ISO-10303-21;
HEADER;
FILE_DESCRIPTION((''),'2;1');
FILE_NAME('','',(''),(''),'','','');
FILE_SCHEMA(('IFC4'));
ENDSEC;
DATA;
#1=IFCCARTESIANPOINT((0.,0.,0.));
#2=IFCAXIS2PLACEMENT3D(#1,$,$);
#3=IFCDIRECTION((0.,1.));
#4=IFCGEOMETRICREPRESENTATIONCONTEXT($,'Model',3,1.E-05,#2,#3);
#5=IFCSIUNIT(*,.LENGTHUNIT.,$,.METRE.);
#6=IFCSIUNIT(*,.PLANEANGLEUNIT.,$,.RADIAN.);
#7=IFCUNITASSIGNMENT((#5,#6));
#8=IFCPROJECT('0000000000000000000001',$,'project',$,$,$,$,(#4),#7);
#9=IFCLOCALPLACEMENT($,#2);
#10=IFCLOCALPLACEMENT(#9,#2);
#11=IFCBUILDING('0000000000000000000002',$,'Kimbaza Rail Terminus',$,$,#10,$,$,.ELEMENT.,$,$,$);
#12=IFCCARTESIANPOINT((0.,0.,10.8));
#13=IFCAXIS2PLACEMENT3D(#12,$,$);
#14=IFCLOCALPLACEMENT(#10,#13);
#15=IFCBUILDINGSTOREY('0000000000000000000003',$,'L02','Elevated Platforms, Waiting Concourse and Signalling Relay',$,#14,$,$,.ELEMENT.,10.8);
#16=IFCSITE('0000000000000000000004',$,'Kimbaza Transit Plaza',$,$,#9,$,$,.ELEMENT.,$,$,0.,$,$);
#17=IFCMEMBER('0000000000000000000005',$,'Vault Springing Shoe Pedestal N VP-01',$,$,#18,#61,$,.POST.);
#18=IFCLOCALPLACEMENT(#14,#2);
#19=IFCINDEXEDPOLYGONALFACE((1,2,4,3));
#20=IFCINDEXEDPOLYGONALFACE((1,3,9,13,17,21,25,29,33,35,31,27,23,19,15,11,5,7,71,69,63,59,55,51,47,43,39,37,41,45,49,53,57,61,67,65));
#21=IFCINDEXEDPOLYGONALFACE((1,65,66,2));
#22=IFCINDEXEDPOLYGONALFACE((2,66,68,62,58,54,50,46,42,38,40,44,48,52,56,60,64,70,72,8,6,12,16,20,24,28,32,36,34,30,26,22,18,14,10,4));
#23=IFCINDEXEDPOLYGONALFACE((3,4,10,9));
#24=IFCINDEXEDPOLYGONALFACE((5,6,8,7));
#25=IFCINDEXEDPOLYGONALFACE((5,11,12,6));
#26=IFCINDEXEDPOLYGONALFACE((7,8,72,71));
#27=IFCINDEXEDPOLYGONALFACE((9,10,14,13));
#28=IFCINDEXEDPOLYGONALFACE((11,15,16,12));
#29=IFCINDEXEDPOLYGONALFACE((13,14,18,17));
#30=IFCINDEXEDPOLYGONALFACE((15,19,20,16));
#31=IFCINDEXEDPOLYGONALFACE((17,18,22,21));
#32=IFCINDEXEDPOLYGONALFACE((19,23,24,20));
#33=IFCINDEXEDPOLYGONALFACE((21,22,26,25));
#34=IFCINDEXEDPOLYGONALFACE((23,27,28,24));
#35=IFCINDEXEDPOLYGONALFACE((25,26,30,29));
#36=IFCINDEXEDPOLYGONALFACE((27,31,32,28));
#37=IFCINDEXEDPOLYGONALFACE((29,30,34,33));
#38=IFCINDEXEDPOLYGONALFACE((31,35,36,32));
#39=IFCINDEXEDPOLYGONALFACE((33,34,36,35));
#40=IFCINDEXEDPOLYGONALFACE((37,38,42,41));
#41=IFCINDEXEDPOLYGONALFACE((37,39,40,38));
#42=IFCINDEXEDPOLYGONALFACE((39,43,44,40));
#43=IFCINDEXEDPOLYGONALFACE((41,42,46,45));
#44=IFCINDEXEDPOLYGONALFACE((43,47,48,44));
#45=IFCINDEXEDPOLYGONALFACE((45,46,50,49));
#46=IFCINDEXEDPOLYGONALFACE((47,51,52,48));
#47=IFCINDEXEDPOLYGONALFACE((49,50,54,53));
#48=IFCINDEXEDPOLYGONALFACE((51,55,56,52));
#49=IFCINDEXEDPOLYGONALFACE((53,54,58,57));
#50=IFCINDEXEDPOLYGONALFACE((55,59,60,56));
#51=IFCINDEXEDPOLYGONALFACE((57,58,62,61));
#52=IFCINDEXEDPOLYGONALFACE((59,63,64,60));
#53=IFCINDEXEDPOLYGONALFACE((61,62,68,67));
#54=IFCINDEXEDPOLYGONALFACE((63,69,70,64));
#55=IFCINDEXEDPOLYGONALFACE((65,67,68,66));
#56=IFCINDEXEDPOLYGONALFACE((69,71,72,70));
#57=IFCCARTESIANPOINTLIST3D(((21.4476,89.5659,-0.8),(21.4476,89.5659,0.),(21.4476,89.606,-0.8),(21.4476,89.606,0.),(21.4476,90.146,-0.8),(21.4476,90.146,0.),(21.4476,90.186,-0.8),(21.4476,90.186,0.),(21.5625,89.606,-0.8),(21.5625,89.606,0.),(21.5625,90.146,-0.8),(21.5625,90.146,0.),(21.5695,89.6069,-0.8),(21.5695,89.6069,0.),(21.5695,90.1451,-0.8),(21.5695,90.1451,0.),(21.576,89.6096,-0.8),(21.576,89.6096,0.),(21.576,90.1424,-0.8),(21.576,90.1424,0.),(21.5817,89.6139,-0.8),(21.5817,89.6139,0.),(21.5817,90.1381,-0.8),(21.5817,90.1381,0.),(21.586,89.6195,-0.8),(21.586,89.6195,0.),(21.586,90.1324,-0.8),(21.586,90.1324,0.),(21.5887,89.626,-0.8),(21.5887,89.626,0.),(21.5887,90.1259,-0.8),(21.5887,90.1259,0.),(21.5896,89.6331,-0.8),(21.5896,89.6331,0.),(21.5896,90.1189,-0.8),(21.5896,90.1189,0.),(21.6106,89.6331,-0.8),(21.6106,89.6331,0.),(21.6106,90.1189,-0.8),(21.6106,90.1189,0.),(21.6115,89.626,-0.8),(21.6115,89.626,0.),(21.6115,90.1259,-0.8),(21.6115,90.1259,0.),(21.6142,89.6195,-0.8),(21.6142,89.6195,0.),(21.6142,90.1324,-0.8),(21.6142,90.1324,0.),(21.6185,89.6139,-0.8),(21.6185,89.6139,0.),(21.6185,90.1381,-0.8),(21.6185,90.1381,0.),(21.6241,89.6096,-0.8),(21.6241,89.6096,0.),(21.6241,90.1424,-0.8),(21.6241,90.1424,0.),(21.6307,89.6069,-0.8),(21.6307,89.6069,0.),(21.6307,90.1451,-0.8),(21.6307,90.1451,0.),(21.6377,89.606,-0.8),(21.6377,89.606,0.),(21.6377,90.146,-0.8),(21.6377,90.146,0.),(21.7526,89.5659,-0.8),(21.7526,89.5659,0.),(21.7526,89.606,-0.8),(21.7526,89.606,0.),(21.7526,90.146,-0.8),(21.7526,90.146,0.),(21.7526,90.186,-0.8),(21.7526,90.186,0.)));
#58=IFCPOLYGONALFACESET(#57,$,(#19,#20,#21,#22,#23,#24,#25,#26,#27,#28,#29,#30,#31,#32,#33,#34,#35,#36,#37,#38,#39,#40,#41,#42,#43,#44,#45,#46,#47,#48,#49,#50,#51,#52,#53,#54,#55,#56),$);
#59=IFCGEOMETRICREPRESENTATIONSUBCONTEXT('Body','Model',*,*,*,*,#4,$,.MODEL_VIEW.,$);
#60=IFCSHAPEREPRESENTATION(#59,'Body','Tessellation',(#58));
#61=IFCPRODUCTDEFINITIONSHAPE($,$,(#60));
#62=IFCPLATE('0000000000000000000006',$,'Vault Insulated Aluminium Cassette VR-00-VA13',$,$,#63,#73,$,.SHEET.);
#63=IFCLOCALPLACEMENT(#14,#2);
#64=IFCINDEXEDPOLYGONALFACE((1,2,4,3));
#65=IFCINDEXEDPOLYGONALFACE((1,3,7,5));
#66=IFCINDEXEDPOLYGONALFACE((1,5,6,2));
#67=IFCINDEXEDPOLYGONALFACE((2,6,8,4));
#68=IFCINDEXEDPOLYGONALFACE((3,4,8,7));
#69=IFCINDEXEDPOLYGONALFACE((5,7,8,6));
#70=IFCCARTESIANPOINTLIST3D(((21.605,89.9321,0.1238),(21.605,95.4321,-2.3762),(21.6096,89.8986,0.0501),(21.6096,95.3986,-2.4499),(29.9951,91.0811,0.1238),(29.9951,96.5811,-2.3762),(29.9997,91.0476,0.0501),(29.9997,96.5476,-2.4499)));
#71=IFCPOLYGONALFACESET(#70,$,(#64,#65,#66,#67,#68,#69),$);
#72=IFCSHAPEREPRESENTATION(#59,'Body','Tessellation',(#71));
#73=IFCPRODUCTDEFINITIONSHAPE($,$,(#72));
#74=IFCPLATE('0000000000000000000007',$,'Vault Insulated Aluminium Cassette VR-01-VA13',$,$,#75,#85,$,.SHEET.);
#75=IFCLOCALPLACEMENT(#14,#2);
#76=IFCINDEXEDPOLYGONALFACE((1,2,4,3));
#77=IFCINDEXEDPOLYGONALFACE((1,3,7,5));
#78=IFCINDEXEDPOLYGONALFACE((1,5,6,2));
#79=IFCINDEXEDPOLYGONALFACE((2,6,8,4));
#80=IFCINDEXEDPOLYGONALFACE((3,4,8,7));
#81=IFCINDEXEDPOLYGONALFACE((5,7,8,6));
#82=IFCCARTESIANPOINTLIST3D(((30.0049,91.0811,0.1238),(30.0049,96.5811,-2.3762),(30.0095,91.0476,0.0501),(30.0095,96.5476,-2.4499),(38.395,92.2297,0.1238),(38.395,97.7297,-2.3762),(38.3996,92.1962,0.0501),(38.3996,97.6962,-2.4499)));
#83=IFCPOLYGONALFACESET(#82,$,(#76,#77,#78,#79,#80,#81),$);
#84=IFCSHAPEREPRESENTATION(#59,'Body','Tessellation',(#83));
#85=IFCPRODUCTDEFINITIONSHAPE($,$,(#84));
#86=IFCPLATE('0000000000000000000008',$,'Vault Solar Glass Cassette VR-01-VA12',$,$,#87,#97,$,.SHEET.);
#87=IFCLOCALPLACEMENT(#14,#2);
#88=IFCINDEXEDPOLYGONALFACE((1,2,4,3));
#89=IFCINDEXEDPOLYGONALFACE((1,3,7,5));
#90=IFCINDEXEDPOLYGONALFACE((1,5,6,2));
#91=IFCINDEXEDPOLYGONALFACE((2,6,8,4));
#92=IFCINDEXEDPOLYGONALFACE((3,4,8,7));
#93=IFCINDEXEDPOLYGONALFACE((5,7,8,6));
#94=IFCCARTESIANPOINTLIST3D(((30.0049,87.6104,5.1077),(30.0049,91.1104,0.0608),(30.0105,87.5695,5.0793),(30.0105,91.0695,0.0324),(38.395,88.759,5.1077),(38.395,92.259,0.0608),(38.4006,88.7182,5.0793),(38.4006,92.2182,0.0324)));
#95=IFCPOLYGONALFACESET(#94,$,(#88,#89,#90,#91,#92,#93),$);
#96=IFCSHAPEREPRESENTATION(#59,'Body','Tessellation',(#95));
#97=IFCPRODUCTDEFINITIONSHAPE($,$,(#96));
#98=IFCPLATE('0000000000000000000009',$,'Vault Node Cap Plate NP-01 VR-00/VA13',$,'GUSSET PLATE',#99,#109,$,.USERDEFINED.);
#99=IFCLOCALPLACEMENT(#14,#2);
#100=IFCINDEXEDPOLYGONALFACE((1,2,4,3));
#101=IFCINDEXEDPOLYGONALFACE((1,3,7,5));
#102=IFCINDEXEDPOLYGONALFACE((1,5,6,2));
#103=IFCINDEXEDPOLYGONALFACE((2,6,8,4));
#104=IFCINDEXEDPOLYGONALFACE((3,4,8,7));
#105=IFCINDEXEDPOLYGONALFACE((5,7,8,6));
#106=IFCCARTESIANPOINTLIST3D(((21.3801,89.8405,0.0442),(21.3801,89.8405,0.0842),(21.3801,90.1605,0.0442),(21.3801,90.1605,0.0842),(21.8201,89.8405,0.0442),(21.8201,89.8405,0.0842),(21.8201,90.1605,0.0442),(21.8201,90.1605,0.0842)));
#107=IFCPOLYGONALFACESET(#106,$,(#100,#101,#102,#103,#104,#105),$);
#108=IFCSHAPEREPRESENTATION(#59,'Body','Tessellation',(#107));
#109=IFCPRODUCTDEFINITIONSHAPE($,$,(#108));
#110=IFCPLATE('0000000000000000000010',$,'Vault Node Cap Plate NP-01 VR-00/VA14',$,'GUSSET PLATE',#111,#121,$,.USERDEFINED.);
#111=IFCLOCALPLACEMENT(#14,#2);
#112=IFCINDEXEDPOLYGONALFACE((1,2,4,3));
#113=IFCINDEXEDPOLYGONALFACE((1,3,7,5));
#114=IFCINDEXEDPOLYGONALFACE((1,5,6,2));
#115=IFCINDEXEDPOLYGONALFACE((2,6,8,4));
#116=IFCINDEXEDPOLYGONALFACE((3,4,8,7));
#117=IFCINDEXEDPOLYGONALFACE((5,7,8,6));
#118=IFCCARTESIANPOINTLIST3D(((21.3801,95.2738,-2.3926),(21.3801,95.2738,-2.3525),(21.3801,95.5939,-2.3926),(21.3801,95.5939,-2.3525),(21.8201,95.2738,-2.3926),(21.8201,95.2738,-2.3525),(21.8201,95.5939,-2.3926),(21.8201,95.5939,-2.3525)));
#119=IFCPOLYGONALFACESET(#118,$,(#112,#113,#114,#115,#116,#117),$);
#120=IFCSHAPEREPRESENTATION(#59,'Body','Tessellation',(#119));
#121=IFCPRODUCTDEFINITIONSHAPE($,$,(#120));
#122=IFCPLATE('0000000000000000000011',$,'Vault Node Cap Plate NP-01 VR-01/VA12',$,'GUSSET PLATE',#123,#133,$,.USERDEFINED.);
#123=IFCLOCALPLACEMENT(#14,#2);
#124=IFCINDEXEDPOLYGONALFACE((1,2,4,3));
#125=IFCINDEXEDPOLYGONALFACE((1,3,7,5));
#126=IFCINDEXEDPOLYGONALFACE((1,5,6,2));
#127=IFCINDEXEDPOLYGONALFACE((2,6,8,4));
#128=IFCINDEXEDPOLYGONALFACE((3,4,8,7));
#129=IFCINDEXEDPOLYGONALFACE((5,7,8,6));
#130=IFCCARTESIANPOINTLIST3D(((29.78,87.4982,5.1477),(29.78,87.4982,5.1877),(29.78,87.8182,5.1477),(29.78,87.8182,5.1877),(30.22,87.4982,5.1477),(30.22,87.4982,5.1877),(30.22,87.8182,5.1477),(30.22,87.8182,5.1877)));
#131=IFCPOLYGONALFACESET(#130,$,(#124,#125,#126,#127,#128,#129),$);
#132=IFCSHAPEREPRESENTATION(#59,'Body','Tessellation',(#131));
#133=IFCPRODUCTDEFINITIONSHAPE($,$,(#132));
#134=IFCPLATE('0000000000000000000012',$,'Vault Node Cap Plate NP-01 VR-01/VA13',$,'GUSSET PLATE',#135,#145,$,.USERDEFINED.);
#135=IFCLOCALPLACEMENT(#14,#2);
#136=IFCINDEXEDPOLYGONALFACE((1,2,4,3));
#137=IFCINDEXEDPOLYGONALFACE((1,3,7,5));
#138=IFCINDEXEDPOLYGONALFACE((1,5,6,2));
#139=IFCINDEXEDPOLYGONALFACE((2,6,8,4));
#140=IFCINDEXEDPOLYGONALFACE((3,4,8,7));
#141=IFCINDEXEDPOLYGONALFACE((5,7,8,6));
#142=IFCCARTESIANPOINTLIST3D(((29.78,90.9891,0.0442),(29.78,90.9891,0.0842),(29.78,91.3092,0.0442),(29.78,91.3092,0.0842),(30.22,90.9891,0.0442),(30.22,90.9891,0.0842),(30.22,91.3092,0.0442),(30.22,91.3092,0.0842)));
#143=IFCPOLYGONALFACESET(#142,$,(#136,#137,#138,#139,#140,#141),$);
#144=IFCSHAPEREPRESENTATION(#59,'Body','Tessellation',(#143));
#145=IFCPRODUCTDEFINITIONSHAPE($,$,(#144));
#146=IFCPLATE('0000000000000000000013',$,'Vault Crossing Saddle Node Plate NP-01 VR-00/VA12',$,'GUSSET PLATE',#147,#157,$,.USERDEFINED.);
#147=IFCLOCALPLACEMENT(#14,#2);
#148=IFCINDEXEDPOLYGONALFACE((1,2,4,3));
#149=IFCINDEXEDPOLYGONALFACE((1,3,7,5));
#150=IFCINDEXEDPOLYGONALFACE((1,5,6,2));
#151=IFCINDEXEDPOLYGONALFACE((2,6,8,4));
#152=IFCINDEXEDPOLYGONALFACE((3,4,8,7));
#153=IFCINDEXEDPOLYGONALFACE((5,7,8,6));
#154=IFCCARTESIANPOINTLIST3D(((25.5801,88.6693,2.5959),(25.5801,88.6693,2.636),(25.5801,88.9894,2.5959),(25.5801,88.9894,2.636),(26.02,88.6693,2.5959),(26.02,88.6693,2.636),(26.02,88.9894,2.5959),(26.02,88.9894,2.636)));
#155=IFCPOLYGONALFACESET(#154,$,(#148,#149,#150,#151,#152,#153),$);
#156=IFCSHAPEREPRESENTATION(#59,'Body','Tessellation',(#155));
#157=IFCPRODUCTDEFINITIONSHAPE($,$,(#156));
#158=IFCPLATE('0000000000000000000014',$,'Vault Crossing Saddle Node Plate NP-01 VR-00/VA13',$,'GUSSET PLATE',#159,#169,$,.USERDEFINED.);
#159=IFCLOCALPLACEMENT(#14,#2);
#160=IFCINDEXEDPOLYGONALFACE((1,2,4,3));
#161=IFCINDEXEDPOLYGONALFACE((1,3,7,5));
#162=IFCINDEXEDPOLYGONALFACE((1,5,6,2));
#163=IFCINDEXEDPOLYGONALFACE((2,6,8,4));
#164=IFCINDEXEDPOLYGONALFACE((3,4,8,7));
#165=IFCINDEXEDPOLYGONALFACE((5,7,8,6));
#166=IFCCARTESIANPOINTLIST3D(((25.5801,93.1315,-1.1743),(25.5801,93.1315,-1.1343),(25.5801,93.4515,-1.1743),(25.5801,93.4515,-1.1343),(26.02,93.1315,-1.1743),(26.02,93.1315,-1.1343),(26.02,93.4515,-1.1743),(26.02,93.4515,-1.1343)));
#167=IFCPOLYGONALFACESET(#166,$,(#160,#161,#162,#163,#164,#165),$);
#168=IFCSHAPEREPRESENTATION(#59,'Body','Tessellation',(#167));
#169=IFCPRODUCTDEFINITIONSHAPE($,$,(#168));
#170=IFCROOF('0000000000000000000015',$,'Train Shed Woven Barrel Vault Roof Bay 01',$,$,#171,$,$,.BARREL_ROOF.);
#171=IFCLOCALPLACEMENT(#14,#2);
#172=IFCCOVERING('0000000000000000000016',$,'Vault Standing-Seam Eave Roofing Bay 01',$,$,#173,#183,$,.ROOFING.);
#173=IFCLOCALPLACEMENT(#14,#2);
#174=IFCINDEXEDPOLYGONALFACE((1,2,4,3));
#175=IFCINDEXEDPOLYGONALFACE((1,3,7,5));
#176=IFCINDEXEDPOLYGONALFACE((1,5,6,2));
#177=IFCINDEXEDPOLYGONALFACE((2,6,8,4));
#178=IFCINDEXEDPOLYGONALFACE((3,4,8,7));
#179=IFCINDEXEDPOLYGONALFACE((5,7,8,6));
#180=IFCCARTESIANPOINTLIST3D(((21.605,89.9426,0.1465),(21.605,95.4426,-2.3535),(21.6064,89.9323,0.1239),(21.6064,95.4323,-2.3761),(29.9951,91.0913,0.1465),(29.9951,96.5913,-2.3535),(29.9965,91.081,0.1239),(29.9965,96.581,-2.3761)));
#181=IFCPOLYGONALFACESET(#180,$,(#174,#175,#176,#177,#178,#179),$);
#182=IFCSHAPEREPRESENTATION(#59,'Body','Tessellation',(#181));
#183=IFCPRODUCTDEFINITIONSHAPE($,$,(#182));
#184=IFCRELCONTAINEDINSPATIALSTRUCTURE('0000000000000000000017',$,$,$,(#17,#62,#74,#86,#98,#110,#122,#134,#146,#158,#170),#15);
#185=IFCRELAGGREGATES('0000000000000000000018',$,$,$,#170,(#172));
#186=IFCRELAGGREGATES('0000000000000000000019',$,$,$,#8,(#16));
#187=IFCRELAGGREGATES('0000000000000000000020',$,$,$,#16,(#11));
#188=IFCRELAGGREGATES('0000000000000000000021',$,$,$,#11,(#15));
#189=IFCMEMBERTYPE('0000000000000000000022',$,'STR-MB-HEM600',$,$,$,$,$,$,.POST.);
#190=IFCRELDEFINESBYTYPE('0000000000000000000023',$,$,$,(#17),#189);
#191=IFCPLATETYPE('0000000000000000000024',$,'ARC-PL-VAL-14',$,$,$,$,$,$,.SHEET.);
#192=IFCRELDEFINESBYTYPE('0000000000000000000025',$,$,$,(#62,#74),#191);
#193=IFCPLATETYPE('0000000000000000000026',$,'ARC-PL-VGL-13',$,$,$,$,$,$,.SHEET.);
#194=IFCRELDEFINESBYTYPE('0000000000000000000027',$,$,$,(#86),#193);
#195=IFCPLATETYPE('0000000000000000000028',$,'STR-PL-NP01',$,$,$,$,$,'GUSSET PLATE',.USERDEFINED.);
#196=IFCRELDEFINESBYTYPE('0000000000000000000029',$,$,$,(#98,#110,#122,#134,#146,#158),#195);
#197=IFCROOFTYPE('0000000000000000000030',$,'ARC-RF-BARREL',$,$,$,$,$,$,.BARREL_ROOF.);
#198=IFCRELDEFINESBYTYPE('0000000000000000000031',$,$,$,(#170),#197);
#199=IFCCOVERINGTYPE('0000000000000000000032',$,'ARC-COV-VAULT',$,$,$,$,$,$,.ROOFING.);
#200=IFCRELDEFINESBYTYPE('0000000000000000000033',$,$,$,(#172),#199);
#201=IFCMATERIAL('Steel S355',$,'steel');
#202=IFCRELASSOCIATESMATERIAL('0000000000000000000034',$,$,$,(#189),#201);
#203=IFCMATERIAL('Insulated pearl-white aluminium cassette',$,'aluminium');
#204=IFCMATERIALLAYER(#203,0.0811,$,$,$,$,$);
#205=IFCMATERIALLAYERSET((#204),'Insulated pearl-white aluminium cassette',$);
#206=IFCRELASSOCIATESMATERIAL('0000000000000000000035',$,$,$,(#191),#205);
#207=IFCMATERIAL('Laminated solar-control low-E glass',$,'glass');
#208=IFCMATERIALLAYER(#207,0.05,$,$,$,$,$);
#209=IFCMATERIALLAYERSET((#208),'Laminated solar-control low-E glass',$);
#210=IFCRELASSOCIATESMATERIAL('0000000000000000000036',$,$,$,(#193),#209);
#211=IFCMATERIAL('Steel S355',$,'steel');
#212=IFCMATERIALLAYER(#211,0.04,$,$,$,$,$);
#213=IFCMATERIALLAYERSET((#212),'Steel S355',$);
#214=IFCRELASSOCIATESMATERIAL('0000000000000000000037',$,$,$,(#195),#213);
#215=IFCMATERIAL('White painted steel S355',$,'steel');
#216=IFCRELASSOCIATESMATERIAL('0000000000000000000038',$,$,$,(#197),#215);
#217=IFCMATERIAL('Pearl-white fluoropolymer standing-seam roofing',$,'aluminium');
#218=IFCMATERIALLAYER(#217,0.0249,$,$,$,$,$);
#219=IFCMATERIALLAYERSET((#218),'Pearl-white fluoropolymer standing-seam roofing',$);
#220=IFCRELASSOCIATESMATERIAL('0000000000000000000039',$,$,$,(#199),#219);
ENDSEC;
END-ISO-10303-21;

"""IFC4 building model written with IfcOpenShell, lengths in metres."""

from ifc_helpers import new_model, si_unit, direction, frame, origin, origin_2d, place, context, subcontext, project, spatial, polyline, rectangle, i_section, outline, extrude, material, layer, layer_set, material_profile, profile_set, type_object, element, aggregate, save


model = new_model("IFC4")

# Units and contexts
model_context = context("Model", 3, precision=1e-05, world=origin(), true_north=direction((0.0, 1.0)))
body_context = subcontext(model_context, "Body", "Model", "MODEL_VIEW")
ifc_project = project(units=[si_unit("LENGTHUNIT", "METRE"), si_unit("PLANEANGLEUNIT", "RADIAN")], contexts=[model_context])

# Site, building, storey
site_placement = place(None, origin())
site = spatial("IfcSite", under=ifc_project, at=site_placement, Name="Kimbaza Transit Plaza", CompositionType="ELEMENT", RefElevation=0.0)
building_placement = place(site_placement, origin())
building = spatial("IfcBuilding", under=site, at=building_placement, Name="Kimbaza Rail Terminus", CompositionType="ELEMENT")
storey_placement = place(building_placement, frame((0.0, 0.0, 10.8)))
storey = spatial("IfcBuildingStorey", under=building, at=storey_placement, Name="L02", Description="Elevated Platforms, Waiting Concourse and Signalling Relay", CompositionType="ELEMENT", Elevation=10.8)

# Member
ifc_material_1 = material(Name="Steel S355", Category="steel")
ifc_material_profile_1 = material_profile(ifc_material_1, i_section(OverallWidth=0.3049, OverallDepth=0.6201, WebThickness=0.021, FlangeThickness=0.04, FilletRadius=0.0271, at=origin_2d()), Name="HEM 600")
ifc_profile_set_1 = profile_set([ifc_material_profile_1], Name="Steel S355")
member_type_1 = type_object("IfcMemberType", Name="STR-MB-HEM600", PredefinedType="POST", material=ifc_profile_set_1)
member_1_placement = place(storey_placement, frame((21.6001, 89.876, -0.8), z_axis=(0.0, 0.0, 1.0), x_axis=(1.0, 0.0, 0.0)))
element("IfcMember", 1, at=member_1_placement, inside=storey, type_object=member_type_1, Name="Vault Springing Shoe Pedestal N VP-01", PredefinedType="POST", context=body_context, shape_type="SweptSolid", body=[
    extrude(i_section(OverallWidth=0.3049, OverallDepth=0.6201, WebThickness=0.021, FlangeThickness=0.04, FilletRadius=0.0271, at=origin_2d()), origin(), (0.0, 0.0, 1.0), 0.8),
])

# Plates
ifc_material_2 = material(Name="Insulated pearl-white aluminium cassette", Category="aluminium")
ifc_layer_1 = layer(ifc_material_2, 0.0811)
ifc_layer_set_1 = layer_set([ifc_layer_1], Name="Insulated pearl-white aluminium cassette")
plate_type_1 = type_object("IfcPlateType", Name="ARC-PL-VAL-14", PredefinedType="SHEET", material=ifc_layer_set_1)
plate_1_placement = place(storey_placement, frame((21.605, 89.9321, 0.1238), z_axis=(-0.056574, 0.41314, 0.908908), x_axis=(0.990754, 0.135672, 0.0)))
element("IfcPlate", 2, at=plate_1_placement, inside=storey, type_object=plate_type_1, Name="Vault Insulated Aluminium Cassette VR-00-VA13", PredefinedType="SHEET", context=body_context, shape_type="SweptSolid", body=[
    extrude(outline(polyline([(0.0, 0.0), (8.4684, 0.0), (9.2146, 5.9953), (0.7462, 5.9953), (0.0, 0.0)])), origin(), (0.0, 0.0, -1.0), 0.0811),
])
plate_2_placement = place(storey_placement, frame((30.0049, 91.0811, 0.1238), z_axis=(-0.056562, 0.41314, 0.908909), x_axis=(0.990758, 0.135643, 0.0)))
element("IfcPlate", 3, at=plate_2_placement, inside=storey, type_object=plate_type_1, Name="Vault Insulated Aluminium Cassette VR-01-VA13", PredefinedType="SHEET", context=body_context, shape_type="SweptSolid", body=[
    extrude(outline(polyline([(0.0, 0.0), (8.4684, 0.0), (9.2144, 5.9953), (0.746, 5.9953), (0.0, 0.0)])), origin(), (0.0, 0.0, -1.0), 0.0811),
])
ifc_material_3 = material(Name="Laminated solar-control low-E glass", Category="glass")
ifc_layer_2 = layer(ifc_material_3, 0.05)
ifc_layer_set_2 = layer_set([ifc_layer_2], Name="Laminated solar-control low-E glass")
plate_type_2 = type_object("IfcPlateType", Name="ARC-PL-VGL-13", PredefinedType="SHEET", material=ifc_layer_set_2)
plate_3_placement = place(storey_placement, frame((30.0049, 87.6104, 5.1077), z_axis=(-0.111797, 0.816583, 0.566299), x_axis=(0.990758, 0.135643, 0.0)))
element("IfcPlate", 4, at=plate_3_placement, inside=storey, type_object=plate_type_2, Name="Vault Solar Glass Cassette VR-01-VA12", PredefinedType="SHEET", context=body_context, shape_type="SweptSolid", body=[
    extrude(outline(polyline([(0.0, 0.0), (8.4684, 0.0), (8.9432, 6.1234), (0.4748, 6.1234), (0.0, 0.0)])), origin(), (0.0, 0.0, -1.0), 0.05),
])
ifc_material_4 = material(Name="Steel S355", Category="steel")
ifc_layer_3 = layer(ifc_material_4, 0.04)
ifc_layer_set_3 = layer_set([ifc_layer_3], Name="Steel S355")
plate_type_3 = type_object("IfcPlateType", Name="STR-PL-NP01", ElementType="GUSSET PLATE", PredefinedType="USERDEFINED", material=ifc_layer_set_3)
for number, where, z_axis, x_axis, name in (
    (5, (21.6001, 90.0005, 0.0442), (0.0, 0.0, 1.0), (1.0, 0.0, 0.0), "Vault Node Cap Plate NP-01 VR-00/VA13"),
    (6, (21.6001, 95.4338, -2.3926), (0.0, 0.0, 1.0), (1.0, 0.0, 0.0), "Vault Node Cap Plate NP-01 VR-00/VA14"),
    (7, (30.0, 87.6582, 5.1477), (0.0, 0.0, 1.0), (1.0, 0.0, 0.0), "Vault Node Cap Plate NP-01 VR-01/VA12"),
    (8, (30.0, 91.1492, 0.0442), (0.0, 0.0, 1.0), (1.0, 0.0, 0.0), "Vault Node Cap Plate NP-01 VR-01/VA13"),
    (9, (25.8, 88.8293, 2.5959), (0.0, 0.0, 1.0), (1.0, 0.0, 0.0), "Vault Crossing Saddle Node Plate NP-01 VR-00/VA12"),
    (10, (25.8, 93.2915, -1.1743), (0.0, 0.0, 1.0), (1.0, 0.0, 0.0), "Vault Crossing Saddle Node Plate NP-01 VR-00/VA13"),
):
    element("IfcPlate", number, at=place(storey_placement, frame(where, z_axis=z_axis, x_axis=x_axis)), inside=storey, type_object=plate_type_3, Name=name, ObjectType="GUSSET PLATE", PredefinedType="USERDEFINED", context=body_context, shape_type="SweptSolid", body=[
        extrude(rectangle(XDim=0.4399, YDim=0.3201, at=origin_2d()), origin(), (0.0, 0.0, 1.0), 0.04),
    ])

# Roof, covering
ifc_material_5 = material(Name="White painted steel S355", Category="steel")
roof_type = type_object("IfcRoofType", Name="ARC-RF-BARREL", PredefinedType="BARREL_ROOF", material=ifc_material_5)
roof_placement = place(storey_placement, origin())
roof = element("IfcRoof", 11, at=roof_placement, inside=storey, type_object=roof_type, Name="Train Shed Woven Barrel Vault Roof Bay 01", PredefinedType="BARREL_ROOF")
ifc_material_6 = material(Name="Pearl-white fluoropolymer standing-seam roofing", Category="aluminium")
ifc_layer_4 = layer(ifc_material_6, 0.0249)
ifc_layer_set_4 = layer_set([ifc_layer_4], Name="Pearl-white fluoropolymer standing-seam roofing")
covering_type = type_object("IfcCoveringType", Name="ARC-COV-VAULT", PredefinedType="ROOFING", material=ifc_layer_set_4)
covering_placement = place(storey_placement, frame((21.605, 89.9426, 0.1465), z_axis=(-0.056562, 0.41314, 0.908909), x_axis=(0.990758, 0.135643, 0.0)))
covering = element("IfcCovering", 12, at=covering_placement, type_object=covering_type, Name="Vault Standing-Seam Eave Roofing Bay 01", PredefinedType="ROOFING", context=body_context, shape_type="SweptSolid", body=[
    extrude(outline(polyline([(0.0, 0.0), (8.4684, 0.0), (9.2144, 5.9953), (0.746, 5.9953), (0.0, 0.0)])), origin(), (0.0, 0.0, -1.0), 0.0249),
])
aggregate(roof, [covering])

save(model, "model.ifc")
